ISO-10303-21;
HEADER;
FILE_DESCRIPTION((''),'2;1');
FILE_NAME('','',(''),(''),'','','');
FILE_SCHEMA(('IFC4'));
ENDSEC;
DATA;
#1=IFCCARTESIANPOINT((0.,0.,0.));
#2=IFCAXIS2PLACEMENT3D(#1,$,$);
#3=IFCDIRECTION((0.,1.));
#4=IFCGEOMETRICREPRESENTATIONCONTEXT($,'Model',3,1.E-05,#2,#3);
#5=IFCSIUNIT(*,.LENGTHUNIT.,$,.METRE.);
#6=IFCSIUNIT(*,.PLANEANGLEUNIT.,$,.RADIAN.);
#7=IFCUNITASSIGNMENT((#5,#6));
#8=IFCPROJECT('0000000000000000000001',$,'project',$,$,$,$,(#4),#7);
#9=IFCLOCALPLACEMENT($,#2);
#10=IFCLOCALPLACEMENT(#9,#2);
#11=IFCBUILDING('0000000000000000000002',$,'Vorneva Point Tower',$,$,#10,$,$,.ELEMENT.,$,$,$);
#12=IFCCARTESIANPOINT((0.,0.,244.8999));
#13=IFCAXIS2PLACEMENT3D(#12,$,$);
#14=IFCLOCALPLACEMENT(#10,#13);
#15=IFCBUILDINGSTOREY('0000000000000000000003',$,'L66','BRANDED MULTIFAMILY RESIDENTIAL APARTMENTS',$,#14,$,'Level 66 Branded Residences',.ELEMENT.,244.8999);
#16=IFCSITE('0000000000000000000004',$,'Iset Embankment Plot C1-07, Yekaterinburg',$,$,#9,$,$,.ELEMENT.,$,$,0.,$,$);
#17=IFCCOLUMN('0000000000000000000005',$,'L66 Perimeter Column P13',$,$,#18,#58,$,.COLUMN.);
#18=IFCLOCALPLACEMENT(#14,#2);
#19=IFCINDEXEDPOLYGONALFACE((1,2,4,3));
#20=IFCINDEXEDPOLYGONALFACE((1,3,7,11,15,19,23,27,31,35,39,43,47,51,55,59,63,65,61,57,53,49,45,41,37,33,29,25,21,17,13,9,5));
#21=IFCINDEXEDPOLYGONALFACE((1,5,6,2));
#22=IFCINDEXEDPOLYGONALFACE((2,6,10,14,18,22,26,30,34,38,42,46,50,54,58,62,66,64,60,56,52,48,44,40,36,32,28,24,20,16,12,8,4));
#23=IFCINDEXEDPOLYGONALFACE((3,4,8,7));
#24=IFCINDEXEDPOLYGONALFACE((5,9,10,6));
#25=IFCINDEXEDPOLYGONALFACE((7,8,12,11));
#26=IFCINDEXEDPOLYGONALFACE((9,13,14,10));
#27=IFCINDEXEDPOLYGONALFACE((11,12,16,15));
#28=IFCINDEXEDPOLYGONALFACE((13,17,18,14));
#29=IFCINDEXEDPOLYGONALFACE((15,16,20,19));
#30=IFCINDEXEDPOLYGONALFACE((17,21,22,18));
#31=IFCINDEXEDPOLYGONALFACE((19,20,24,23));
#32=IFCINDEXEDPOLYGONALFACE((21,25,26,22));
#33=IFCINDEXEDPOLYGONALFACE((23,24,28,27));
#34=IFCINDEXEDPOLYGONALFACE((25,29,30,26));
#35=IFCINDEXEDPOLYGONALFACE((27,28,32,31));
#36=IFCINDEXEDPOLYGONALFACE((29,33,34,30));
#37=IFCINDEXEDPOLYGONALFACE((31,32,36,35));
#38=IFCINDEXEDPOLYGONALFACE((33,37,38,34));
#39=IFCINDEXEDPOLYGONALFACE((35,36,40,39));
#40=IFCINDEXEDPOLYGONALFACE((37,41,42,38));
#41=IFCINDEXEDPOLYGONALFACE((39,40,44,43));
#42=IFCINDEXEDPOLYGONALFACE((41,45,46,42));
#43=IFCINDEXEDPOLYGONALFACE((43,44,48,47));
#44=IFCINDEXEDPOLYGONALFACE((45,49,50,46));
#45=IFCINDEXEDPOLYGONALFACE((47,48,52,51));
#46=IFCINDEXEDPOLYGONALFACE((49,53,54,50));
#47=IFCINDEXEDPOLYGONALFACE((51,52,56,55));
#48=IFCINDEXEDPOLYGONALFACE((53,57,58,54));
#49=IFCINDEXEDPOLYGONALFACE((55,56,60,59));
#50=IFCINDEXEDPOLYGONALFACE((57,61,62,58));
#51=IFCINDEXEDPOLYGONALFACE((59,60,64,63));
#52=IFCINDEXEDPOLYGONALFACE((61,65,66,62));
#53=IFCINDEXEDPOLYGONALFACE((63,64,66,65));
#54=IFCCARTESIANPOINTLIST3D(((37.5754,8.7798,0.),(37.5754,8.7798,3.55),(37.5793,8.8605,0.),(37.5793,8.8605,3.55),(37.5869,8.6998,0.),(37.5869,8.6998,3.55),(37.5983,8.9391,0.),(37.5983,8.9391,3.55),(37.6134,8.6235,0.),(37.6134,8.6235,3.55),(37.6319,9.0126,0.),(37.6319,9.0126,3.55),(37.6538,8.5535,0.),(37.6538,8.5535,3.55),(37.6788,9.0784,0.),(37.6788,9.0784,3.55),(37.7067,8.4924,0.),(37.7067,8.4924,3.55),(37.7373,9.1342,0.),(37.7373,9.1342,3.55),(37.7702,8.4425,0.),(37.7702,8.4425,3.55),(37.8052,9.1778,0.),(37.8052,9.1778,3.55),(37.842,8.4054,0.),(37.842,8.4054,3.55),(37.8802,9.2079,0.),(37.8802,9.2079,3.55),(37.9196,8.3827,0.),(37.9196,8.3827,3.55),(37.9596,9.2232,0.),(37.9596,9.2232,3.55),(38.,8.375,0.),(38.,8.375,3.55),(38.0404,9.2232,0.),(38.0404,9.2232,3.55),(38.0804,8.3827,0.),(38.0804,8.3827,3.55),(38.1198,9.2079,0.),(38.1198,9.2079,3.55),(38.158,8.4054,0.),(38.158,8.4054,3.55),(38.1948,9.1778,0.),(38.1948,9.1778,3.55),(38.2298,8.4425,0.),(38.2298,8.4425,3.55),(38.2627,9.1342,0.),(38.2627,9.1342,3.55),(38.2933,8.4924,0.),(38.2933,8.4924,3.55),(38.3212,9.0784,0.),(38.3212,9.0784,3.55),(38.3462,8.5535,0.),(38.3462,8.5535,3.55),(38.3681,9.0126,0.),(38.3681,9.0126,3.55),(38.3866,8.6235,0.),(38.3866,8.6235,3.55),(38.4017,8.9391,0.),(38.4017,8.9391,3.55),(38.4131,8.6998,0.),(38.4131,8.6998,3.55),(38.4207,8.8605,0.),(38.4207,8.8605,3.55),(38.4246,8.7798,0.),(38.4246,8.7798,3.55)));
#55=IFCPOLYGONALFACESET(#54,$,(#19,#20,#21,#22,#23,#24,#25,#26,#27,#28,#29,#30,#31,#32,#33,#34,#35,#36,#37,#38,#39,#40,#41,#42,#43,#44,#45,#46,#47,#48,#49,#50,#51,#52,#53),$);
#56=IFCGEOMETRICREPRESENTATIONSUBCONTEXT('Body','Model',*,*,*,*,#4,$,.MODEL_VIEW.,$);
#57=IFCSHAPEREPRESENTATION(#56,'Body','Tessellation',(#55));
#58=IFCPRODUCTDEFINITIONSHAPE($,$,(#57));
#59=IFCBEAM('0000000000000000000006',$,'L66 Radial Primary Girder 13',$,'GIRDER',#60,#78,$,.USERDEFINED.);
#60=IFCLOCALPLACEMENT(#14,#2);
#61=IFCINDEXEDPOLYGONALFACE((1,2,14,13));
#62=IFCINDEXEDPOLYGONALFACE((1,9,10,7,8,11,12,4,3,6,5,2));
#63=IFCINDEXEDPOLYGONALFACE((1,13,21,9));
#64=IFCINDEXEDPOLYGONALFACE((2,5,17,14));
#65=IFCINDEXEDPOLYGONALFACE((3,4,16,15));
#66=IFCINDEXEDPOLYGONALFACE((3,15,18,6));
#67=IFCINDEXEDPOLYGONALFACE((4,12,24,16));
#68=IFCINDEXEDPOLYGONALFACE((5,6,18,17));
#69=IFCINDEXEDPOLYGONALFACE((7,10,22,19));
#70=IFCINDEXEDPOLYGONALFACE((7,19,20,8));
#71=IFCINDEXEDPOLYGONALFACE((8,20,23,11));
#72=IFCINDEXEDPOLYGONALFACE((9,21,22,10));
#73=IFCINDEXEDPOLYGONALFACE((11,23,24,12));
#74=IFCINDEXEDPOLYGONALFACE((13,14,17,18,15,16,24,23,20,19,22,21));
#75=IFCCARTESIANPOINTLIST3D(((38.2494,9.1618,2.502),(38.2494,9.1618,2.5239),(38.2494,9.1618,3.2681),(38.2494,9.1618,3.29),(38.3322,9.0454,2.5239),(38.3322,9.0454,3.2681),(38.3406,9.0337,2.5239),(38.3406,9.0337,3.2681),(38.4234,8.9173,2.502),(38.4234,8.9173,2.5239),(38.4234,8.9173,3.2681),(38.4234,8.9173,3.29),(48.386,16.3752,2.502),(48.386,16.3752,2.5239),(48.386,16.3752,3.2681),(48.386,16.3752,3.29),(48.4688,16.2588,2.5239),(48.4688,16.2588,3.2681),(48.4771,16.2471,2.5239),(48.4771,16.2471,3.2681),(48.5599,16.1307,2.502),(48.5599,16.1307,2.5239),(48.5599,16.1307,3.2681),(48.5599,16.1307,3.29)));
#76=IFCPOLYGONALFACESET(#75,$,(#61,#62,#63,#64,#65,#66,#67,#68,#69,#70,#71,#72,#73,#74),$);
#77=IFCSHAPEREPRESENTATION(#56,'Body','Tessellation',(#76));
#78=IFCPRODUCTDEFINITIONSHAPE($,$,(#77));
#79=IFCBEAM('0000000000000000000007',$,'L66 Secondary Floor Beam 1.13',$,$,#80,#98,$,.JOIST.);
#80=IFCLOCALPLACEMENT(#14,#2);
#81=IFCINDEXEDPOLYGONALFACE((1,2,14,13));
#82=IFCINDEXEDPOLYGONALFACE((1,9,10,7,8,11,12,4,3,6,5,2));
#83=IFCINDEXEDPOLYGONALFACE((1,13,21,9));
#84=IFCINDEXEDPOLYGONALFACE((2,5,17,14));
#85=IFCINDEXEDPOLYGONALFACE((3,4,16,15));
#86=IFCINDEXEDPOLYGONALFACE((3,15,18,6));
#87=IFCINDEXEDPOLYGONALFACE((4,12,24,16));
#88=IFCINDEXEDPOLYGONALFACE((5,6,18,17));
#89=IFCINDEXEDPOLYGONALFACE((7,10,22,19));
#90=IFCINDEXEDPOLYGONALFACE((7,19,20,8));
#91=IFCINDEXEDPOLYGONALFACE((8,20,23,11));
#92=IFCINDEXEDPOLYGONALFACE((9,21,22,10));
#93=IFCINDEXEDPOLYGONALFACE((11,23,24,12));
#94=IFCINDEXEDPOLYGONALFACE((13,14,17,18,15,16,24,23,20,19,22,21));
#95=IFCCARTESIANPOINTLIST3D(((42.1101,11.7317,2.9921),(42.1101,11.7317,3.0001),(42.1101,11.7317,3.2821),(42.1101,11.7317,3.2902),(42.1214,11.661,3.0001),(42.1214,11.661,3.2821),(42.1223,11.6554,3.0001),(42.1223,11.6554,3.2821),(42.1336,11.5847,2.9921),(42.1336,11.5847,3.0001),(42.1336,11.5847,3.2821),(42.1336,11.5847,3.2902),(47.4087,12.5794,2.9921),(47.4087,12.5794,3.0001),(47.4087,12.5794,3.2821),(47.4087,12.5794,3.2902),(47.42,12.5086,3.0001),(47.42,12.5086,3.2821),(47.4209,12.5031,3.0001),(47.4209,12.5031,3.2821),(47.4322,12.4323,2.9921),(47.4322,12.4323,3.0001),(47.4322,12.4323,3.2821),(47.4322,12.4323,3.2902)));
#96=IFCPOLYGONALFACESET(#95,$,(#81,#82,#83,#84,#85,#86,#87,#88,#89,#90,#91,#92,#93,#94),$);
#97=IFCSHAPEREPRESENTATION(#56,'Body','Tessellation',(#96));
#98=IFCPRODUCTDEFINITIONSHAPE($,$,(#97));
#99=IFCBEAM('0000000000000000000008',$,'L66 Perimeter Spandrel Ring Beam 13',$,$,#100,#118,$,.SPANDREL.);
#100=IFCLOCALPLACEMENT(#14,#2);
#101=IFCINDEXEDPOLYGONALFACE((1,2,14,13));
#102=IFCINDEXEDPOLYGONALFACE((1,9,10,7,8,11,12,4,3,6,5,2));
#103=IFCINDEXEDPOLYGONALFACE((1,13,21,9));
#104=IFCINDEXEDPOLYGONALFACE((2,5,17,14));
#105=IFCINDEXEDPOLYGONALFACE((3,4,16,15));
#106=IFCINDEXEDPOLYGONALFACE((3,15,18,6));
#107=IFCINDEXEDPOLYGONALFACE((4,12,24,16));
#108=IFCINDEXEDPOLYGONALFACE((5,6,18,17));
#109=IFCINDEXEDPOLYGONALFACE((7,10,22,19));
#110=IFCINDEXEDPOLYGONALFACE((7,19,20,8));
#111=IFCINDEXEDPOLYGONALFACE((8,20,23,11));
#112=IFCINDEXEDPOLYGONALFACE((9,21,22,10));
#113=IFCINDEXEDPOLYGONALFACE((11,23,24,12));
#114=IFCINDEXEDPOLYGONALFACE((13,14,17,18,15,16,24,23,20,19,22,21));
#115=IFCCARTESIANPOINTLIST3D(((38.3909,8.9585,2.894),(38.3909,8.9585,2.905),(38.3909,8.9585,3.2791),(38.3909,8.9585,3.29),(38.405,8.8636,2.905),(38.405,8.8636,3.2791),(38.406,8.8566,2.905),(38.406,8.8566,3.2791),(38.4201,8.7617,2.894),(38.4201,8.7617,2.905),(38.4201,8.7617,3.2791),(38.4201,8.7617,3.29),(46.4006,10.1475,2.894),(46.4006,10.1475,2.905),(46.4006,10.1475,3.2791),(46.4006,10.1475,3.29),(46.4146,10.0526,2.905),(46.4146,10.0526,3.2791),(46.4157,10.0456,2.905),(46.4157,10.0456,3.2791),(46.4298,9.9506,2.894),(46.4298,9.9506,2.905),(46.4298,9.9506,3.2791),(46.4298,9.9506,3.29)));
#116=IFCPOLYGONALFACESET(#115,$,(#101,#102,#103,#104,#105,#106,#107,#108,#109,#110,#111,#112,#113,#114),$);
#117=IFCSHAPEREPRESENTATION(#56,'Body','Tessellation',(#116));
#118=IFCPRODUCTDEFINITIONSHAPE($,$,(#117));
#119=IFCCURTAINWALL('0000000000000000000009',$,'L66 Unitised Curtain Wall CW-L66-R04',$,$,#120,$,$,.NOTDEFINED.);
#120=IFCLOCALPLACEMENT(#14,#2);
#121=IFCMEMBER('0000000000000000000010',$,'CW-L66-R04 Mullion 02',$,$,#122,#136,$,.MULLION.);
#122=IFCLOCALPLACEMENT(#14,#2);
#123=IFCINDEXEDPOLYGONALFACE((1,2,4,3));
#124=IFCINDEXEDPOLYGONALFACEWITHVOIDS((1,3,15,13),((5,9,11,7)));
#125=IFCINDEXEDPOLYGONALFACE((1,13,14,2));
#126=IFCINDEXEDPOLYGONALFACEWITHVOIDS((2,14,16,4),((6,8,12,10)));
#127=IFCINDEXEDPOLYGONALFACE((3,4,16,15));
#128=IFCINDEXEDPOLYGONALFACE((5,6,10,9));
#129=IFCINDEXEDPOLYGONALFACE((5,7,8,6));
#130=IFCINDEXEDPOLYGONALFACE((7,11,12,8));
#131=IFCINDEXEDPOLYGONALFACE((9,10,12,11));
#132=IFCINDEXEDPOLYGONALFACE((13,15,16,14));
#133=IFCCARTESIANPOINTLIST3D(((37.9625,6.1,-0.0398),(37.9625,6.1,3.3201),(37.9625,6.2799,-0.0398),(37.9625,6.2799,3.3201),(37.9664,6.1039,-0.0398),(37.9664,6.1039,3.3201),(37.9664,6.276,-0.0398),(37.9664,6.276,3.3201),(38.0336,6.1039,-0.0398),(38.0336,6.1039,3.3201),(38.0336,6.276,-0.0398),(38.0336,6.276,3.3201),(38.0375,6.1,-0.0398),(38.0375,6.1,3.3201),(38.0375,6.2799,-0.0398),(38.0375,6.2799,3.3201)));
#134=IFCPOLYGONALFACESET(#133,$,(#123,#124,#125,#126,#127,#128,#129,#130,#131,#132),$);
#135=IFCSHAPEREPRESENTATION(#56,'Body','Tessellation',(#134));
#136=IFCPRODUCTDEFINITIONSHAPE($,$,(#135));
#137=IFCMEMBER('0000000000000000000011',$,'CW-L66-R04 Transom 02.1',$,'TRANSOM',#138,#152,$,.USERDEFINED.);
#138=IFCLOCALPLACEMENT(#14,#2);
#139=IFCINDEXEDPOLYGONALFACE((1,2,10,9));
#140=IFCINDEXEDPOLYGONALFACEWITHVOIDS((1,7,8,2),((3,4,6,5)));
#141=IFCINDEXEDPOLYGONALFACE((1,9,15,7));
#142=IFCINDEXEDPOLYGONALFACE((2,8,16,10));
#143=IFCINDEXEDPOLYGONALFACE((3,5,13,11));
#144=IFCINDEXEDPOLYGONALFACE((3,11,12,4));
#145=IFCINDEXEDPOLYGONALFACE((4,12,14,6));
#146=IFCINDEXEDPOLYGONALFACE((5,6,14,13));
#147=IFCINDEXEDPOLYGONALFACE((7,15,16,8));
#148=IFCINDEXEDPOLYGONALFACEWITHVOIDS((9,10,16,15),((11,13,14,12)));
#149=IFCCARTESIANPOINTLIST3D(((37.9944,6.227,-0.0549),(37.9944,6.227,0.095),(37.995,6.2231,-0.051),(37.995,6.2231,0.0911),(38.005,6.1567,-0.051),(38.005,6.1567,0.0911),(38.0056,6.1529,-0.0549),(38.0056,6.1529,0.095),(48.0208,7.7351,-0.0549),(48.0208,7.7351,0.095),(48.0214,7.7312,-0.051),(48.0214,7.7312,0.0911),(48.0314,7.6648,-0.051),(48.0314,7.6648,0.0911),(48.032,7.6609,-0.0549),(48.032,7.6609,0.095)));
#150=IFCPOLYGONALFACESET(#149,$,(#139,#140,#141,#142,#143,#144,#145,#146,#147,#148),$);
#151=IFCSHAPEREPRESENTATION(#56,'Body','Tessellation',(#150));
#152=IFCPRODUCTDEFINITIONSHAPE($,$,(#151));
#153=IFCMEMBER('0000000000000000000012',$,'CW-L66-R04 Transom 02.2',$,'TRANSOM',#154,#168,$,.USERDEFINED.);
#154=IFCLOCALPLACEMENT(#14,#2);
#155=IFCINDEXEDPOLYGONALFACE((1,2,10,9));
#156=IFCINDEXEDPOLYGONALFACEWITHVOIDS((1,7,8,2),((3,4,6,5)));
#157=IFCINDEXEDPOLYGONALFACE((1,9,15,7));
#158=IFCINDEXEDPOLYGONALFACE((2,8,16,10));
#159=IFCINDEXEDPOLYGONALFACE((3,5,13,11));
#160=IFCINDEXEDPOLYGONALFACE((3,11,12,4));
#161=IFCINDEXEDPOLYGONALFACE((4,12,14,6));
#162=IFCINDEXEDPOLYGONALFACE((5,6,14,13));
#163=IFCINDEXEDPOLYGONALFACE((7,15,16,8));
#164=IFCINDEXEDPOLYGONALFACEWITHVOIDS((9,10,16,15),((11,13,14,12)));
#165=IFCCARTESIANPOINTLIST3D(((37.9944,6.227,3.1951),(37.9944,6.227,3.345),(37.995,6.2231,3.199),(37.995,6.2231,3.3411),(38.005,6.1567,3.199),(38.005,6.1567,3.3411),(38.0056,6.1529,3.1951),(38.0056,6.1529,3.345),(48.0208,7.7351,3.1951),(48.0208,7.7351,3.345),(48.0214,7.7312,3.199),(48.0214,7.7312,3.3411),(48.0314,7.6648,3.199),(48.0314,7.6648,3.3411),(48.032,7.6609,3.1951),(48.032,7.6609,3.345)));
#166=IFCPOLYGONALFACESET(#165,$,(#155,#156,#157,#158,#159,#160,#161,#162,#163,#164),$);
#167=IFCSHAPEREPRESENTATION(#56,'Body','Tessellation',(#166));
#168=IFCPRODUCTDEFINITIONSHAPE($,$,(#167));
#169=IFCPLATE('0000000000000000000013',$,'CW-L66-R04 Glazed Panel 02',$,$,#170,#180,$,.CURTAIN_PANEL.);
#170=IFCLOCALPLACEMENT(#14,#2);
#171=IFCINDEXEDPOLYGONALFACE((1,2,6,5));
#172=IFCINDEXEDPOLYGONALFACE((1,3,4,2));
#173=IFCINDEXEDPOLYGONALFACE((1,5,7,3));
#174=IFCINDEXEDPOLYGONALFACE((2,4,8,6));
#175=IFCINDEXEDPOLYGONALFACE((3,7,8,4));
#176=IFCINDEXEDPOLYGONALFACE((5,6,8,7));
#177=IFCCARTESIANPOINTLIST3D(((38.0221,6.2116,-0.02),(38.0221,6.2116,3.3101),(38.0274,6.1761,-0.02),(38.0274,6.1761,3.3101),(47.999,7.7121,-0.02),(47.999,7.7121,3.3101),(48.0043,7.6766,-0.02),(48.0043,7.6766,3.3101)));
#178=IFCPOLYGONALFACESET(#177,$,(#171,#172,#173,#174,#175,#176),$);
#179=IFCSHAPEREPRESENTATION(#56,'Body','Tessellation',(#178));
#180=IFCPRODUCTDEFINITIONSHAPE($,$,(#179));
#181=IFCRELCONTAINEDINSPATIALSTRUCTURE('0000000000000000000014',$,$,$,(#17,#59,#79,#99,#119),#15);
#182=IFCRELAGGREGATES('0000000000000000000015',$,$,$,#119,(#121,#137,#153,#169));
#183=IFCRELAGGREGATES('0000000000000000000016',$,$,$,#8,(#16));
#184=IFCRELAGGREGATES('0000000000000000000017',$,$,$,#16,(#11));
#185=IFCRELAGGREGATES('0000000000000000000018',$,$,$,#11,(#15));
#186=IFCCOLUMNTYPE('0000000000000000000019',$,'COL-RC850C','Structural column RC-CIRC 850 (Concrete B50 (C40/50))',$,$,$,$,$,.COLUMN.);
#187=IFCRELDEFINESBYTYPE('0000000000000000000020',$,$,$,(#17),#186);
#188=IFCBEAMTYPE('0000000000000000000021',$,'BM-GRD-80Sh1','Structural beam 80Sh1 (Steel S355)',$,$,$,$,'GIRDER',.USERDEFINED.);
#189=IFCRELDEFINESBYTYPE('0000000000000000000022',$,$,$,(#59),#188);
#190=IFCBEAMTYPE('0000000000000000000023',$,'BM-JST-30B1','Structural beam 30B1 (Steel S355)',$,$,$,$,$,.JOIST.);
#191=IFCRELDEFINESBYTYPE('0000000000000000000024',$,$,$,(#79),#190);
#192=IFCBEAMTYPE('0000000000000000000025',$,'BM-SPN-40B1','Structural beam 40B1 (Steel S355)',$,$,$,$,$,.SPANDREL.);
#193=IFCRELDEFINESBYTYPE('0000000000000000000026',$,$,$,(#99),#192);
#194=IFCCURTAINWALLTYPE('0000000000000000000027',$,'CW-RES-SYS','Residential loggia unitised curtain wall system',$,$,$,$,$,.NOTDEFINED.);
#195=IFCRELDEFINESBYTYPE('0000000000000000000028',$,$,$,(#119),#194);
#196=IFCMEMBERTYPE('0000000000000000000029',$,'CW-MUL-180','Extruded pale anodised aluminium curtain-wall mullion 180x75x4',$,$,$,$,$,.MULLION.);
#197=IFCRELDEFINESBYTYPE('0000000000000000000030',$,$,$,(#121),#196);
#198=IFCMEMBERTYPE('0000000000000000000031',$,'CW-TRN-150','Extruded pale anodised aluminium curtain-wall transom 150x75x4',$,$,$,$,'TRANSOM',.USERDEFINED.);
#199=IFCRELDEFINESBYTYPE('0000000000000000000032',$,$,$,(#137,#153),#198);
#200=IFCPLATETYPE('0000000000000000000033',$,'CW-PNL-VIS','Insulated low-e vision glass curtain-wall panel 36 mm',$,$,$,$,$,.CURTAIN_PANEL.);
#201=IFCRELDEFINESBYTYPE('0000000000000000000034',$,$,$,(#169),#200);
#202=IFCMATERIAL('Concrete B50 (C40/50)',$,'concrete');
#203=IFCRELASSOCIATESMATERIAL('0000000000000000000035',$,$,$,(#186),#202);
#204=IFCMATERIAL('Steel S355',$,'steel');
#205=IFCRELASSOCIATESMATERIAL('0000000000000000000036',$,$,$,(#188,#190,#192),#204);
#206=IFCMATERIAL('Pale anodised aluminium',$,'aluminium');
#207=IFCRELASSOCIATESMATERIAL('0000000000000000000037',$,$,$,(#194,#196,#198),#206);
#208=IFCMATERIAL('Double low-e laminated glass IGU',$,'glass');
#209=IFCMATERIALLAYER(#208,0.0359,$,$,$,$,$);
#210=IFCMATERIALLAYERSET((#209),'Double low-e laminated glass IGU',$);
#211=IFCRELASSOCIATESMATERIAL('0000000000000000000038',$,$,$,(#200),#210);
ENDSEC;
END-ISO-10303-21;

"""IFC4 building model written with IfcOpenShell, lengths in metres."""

from ifc_helpers import new_model, si_unit, direction, frame, origin, origin_2d, place, context, subcontext, project, spatial, rectangle, hollow_rectangle, circle, i_section, extrude, material, layer, layer_set, material_profile, profile_set, type_object, element, aggregate, save


model = new_model("IFC4")

# Units and contexts
model_context = context("Model", 3, precision=1e-05, world=origin(), true_north=direction((0.0, 1.0)))
body_context = subcontext(model_context, "Body", "Model", "MODEL_VIEW")
ifc_project = project(units=[si_unit("LENGTHUNIT", "METRE"), si_unit("PLANEANGLEUNIT", "RADIAN")], contexts=[model_context])

# Site, building, storey
site_placement = place(None, origin())
site = spatial("IfcSite", under=ifc_project, at=site_placement, Name="Iset Embankment Plot C1-07, Yekaterinburg", CompositionType="ELEMENT", RefElevation=0.0)
building_placement = place(site_placement, origin())
building = spatial("IfcBuilding", under=site, at=building_placement, Name="Vorneva Point Tower", CompositionType="ELEMENT")
storey_placement = place(building_placement, frame((0.0, 0.0, 244.8999)))
storey = spatial("IfcBuildingStorey", under=building, at=storey_placement, Name="L66", Description="BRANDED MULTIFAMILY RESIDENTIAL APARTMENTS", LongName="Level 66 Branded Residences", CompositionType="ELEMENT", Elevation=244.8999)

# Column
ifc_material_1 = material(Name="Concrete B50 (C40/50)", Category="concrete")
ifc_material_profile_1 = material_profile(ifc_material_1, circle(Radius=0.425, at=origin_2d()), Name="RC-CIRC 850")
ifc_profile_set_1 = profile_set([ifc_material_profile_1], Name="Concrete B50 (C40/50)")
column_type = type_object("IfcColumnType", Name="COL-RC850C", Description="Structural column RC-CIRC 850 (Concrete B50 (C40/50))", PredefinedType="COLUMN", material=ifc_profile_set_1)
for number, where, z_axis, x_axis, name in (
    (1, (38.0, 8.8, 0.0), (0.0, 0.0, 1.0), (0.0, -1.0, 0.0), "L66 Perimeter Column P13"),
):
    element("IfcColumn", number, at=place(storey_placement, frame(where, z_axis=z_axis, x_axis=x_axis)), inside=storey, type_object=column_type, Name=name, PredefinedType="COLUMN", context=body_context, shape_type="SweptSolid", body=[
        extrude(circle(Radius=0.425, at=origin_2d()), origin(), (0.0, 0.0, 1.0), 3.55),
    ])

# Beams
ifc_material_2 = material(Name="Steel S355", Category="steel")
ifc_material_profile_2 = material_profile(ifc_material_2, i_section(OverallWidth=0.3, OverallDepth=0.7881, WebThickness=0.0144, FlangeThickness=0.022, at=origin_2d()), Name="80Sh1")
ifc_profile_set_2 = profile_set([ifc_material_profile_2], Name="Steel S355")
beam_type_1 = type_object("IfcBeamType", Name="BM-GRD-80Sh1", Description="Structural beam 80Sh1 (Steel S355)", ElementType="GIRDER", PredefinedType="USERDEFINED", material=ifc_profile_set_2)
beam_1_placement = place(storey_placement, frame((38.3364, 9.0396, 2.896), z_axis=(0.814757, 0.579802, 0.0), x_axis=(-0.579802, 0.814757, 0.0)))
element("IfcBeam", 2, at=beam_1_placement, inside=storey, type_object=beam_type_1, Name="L66 Radial Primary Girder 13", ObjectType="GIRDER", PredefinedType="USERDEFINED", context=body_context, shape_type="SweptSolid", body=[
    extrude(i_section(OverallWidth=0.3, OverallDepth=0.7881, WebThickness=0.0144, FlangeThickness=0.022, at=origin_2d()), origin(), (0.0, 0.0, 1.0), 12.4412),
])
ifc_material_profile_3 = material_profile(ifc_material_2, i_section(OverallWidth=0.1489, OverallDepth=0.2981, WebThickness=0.0056, FlangeThickness=0.0081, at=origin_2d()), Name="30B1")
ifc_profile_set_3 = profile_set([ifc_material_profile_3], Name="Steel S355")
beam_type_2 = type_object("IfcBeamType", Name="BM-JST-30B1", Description="Structural beam 30B1 (Steel S355)", PredefinedType="JOIST", material=ifc_profile_set_3)
beam_2_placement = place(storey_placement, frame((42.1218, 11.6582, 3.1411), z_axis=(0.987444, 0.157969, 0.0), x_axis=(-0.157969, 0.987444, 0.0)))
element("IfcBeam", 3, at=beam_2_placement, inside=storey, type_object=beam_type_2, Name="L66 Secondary Floor Beam 1.13", PredefinedType="JOIST", context=body_context, shape_type="SweptSolid", body=[
    extrude(i_section(OverallWidth=0.1489, OverallDepth=0.2981, WebThickness=0.0056, FlangeThickness=0.0081, at=origin_2d()), origin(), (0.0, 0.0, 1.0), 5.366),
])
ifc_material_profile_4 = material_profile(ifc_material_2, i_section(OverallWidth=0.199, OverallDepth=0.396, WebThickness=0.0071, FlangeThickness=0.011, at=origin_2d()), Name="40B1")
ifc_profile_set_4 = profile_set([ifc_material_profile_4], Name="Steel S355")
beam_type_3 = type_object("IfcBeamType", Name="BM-SPN-40B1", Description="Structural beam 40B1 (Steel S355)", PredefinedType="SPANDREL", material=ifc_profile_set_4)
beam_3_placement = place(storey_placement, frame((38.4055, 8.8601, 3.092), z_axis=(0.989162, 0.146831, 0.0), x_axis=(-0.146831, 0.989162, 0.0)))
element("IfcBeam", 4, at=beam_3_placement, inside=storey, type_object=beam_type_3, Name="L66 Perimeter Spandrel Ring Beam 13", PredefinedType="SPANDREL", context=body_context, shape_type="SweptSolid", body=[
    extrude(i_section(OverallWidth=0.199, OverallDepth=0.396, WebThickness=0.0071, FlangeThickness=0.011, at=origin_2d()), origin(), (0.0, 0.0, 1.0), 8.0974),
])

# Curtain wall, members, plate
ifc_material_3 = material(Name="Pale anodised aluminium", Category="aluminium")
curtain_wall_type = type_object("IfcCurtainWallType", Name="CW-RES-SYS", Description="Residential loggia unitised curtain wall system", PredefinedType="NOTDEFINED", material=ifc_material_3)
curtain_wall_placement = place(storey_placement, origin())
curtain_wall = element("IfcCurtainWall", 5, at=curtain_wall_placement, inside=storey, type_object=curtain_wall_type, Name="L66 Unitised Curtain Wall CW-L66-R04", PredefinedType="NOTDEFINED")
ifc_material_profile_5 = material_profile(ifc_material_3, hollow_rectangle(XDim=0.075, YDim=0.1799, WallThickness=0.0039, at=origin_2d()), Name="AL-MUL 180x75x4")
ifc_profile_set_5 = profile_set([ifc_material_profile_5], Name="Pale anodised aluminium")
member_type_1 = type_object("IfcMemberType", Name="CW-MUL-180", Description="Extruded pale anodised aluminium curtain-wall mullion 180x75x4", PredefinedType="MULLION", material=ifc_profile_set_5)
member_1_placement = place(storey_placement, frame((38.0, 6.1899, -0.0398), z_axis=(0.0, 0.0, 1.0), x_axis=(1.0, 0.0, 0.0)))
member_1 = element("IfcMember", 6, at=member_1_placement, type_object=member_type_1, Name="CW-L66-R04 Mullion 02", PredefinedType="MULLION", context=body_context, shape_type="SweptSolid", body=[
    extrude(hollow_rectangle(XDim=0.075, YDim=0.1799, WallThickness=0.0039, at=origin_2d()), origin(), (0.0, 0.0, 1.0), 3.3599),
])
ifc_material_profile_6 = material_profile(ifc_material_3, hollow_rectangle(XDim=0.075, YDim=0.1499, WallThickness=0.0039, at=origin_2d()), Name="AL-TRN 150x75x4")
ifc_profile_set_6 = profile_set([ifc_material_profile_6], Name="Pale anodised aluminium")
member_type_2 = type_object("IfcMemberType", Name="CW-TRN-150", Description="Extruded pale anodised aluminium curtain-wall transom 150x75x4", ElementType="TRANSOM", PredefinedType="USERDEFINED", material=ifc_profile_set_6)
member_2_placement = place(storey_placement, frame((38.0, 6.1899, 0.02), z_axis=(0.988877, 0.148736, 0.0), x_axis=(-0.148736, 0.988877, 0.0)))
member_2 = element("IfcMember", 7, at=member_2_placement, type_object=member_type_2, Name="CW-L66-R04 Transom 02.1", ObjectType="TRANSOM", PredefinedType="USERDEFINED", context=body_context, shape_type="SweptSolid", body=[
    extrude(hollow_rectangle(XDim=0.075, YDim=0.1499, WallThickness=0.0039, at=origin_2d()), origin(), (0.0, 0.0, 1.0), 10.1392),
])
member_3_placement = place(storey_placement, frame((38.0, 6.1899, 3.27), z_axis=(0.988877, 0.148736, 0.0), x_axis=(-0.148736, 0.988877, 0.0)))
member_3 = element("IfcMember", 8, at=member_3_placement, type_object=member_type_2, Name="CW-L66-R04 Transom 02.2", ObjectType="TRANSOM", PredefinedType="USERDEFINED", context=body_context, shape_type="SweptSolid", body=[
    extrude(hollow_rectangle(XDim=0.075, YDim=0.1499, WallThickness=0.0039, at=origin_2d()), origin(), (0.0, 0.0, 1.0), 10.1392),
])
ifc_material_4 = material(Name="Double low-e laminated glass IGU", Category="glass")
ifc_layer_1 = layer(ifc_material_4, 0.0359)
ifc_layer_set_1 = layer_set([ifc_layer_1], Name="Double low-e laminated glass IGU")
plate_type = type_object("IfcPlateType", Name="CW-PNL-VIS", Description="Insulated low-e vision glass curtain-wall panel 36 mm", PredefinedType="CURTAIN_PANEL", material=ifc_layer_set_1)
plate_placement = place(storey_placement, frame((43.0132, 6.9441, -0.02), z_axis=(0.0, 0.0, 1.0), x_axis=(0.988879, 0.148724, 0.0)))
plate = element("IfcPlate", 9, at=plate_placement, type_object=plate_type, Name="CW-L66-R04 Glazed Panel 02", PredefinedType="CURTAIN_PANEL", context=body_context, shape_type="SweptSolid", body=[
    extrude(rectangle(XDim=10.0891, YDim=0.0359, at=origin_2d()), origin(), (0.0, 0.0, 1.0), 3.3301),
])
aggregate(curtain_wall, [member_1, member_2, member_3, plate])

save(model, "model.ifc")
